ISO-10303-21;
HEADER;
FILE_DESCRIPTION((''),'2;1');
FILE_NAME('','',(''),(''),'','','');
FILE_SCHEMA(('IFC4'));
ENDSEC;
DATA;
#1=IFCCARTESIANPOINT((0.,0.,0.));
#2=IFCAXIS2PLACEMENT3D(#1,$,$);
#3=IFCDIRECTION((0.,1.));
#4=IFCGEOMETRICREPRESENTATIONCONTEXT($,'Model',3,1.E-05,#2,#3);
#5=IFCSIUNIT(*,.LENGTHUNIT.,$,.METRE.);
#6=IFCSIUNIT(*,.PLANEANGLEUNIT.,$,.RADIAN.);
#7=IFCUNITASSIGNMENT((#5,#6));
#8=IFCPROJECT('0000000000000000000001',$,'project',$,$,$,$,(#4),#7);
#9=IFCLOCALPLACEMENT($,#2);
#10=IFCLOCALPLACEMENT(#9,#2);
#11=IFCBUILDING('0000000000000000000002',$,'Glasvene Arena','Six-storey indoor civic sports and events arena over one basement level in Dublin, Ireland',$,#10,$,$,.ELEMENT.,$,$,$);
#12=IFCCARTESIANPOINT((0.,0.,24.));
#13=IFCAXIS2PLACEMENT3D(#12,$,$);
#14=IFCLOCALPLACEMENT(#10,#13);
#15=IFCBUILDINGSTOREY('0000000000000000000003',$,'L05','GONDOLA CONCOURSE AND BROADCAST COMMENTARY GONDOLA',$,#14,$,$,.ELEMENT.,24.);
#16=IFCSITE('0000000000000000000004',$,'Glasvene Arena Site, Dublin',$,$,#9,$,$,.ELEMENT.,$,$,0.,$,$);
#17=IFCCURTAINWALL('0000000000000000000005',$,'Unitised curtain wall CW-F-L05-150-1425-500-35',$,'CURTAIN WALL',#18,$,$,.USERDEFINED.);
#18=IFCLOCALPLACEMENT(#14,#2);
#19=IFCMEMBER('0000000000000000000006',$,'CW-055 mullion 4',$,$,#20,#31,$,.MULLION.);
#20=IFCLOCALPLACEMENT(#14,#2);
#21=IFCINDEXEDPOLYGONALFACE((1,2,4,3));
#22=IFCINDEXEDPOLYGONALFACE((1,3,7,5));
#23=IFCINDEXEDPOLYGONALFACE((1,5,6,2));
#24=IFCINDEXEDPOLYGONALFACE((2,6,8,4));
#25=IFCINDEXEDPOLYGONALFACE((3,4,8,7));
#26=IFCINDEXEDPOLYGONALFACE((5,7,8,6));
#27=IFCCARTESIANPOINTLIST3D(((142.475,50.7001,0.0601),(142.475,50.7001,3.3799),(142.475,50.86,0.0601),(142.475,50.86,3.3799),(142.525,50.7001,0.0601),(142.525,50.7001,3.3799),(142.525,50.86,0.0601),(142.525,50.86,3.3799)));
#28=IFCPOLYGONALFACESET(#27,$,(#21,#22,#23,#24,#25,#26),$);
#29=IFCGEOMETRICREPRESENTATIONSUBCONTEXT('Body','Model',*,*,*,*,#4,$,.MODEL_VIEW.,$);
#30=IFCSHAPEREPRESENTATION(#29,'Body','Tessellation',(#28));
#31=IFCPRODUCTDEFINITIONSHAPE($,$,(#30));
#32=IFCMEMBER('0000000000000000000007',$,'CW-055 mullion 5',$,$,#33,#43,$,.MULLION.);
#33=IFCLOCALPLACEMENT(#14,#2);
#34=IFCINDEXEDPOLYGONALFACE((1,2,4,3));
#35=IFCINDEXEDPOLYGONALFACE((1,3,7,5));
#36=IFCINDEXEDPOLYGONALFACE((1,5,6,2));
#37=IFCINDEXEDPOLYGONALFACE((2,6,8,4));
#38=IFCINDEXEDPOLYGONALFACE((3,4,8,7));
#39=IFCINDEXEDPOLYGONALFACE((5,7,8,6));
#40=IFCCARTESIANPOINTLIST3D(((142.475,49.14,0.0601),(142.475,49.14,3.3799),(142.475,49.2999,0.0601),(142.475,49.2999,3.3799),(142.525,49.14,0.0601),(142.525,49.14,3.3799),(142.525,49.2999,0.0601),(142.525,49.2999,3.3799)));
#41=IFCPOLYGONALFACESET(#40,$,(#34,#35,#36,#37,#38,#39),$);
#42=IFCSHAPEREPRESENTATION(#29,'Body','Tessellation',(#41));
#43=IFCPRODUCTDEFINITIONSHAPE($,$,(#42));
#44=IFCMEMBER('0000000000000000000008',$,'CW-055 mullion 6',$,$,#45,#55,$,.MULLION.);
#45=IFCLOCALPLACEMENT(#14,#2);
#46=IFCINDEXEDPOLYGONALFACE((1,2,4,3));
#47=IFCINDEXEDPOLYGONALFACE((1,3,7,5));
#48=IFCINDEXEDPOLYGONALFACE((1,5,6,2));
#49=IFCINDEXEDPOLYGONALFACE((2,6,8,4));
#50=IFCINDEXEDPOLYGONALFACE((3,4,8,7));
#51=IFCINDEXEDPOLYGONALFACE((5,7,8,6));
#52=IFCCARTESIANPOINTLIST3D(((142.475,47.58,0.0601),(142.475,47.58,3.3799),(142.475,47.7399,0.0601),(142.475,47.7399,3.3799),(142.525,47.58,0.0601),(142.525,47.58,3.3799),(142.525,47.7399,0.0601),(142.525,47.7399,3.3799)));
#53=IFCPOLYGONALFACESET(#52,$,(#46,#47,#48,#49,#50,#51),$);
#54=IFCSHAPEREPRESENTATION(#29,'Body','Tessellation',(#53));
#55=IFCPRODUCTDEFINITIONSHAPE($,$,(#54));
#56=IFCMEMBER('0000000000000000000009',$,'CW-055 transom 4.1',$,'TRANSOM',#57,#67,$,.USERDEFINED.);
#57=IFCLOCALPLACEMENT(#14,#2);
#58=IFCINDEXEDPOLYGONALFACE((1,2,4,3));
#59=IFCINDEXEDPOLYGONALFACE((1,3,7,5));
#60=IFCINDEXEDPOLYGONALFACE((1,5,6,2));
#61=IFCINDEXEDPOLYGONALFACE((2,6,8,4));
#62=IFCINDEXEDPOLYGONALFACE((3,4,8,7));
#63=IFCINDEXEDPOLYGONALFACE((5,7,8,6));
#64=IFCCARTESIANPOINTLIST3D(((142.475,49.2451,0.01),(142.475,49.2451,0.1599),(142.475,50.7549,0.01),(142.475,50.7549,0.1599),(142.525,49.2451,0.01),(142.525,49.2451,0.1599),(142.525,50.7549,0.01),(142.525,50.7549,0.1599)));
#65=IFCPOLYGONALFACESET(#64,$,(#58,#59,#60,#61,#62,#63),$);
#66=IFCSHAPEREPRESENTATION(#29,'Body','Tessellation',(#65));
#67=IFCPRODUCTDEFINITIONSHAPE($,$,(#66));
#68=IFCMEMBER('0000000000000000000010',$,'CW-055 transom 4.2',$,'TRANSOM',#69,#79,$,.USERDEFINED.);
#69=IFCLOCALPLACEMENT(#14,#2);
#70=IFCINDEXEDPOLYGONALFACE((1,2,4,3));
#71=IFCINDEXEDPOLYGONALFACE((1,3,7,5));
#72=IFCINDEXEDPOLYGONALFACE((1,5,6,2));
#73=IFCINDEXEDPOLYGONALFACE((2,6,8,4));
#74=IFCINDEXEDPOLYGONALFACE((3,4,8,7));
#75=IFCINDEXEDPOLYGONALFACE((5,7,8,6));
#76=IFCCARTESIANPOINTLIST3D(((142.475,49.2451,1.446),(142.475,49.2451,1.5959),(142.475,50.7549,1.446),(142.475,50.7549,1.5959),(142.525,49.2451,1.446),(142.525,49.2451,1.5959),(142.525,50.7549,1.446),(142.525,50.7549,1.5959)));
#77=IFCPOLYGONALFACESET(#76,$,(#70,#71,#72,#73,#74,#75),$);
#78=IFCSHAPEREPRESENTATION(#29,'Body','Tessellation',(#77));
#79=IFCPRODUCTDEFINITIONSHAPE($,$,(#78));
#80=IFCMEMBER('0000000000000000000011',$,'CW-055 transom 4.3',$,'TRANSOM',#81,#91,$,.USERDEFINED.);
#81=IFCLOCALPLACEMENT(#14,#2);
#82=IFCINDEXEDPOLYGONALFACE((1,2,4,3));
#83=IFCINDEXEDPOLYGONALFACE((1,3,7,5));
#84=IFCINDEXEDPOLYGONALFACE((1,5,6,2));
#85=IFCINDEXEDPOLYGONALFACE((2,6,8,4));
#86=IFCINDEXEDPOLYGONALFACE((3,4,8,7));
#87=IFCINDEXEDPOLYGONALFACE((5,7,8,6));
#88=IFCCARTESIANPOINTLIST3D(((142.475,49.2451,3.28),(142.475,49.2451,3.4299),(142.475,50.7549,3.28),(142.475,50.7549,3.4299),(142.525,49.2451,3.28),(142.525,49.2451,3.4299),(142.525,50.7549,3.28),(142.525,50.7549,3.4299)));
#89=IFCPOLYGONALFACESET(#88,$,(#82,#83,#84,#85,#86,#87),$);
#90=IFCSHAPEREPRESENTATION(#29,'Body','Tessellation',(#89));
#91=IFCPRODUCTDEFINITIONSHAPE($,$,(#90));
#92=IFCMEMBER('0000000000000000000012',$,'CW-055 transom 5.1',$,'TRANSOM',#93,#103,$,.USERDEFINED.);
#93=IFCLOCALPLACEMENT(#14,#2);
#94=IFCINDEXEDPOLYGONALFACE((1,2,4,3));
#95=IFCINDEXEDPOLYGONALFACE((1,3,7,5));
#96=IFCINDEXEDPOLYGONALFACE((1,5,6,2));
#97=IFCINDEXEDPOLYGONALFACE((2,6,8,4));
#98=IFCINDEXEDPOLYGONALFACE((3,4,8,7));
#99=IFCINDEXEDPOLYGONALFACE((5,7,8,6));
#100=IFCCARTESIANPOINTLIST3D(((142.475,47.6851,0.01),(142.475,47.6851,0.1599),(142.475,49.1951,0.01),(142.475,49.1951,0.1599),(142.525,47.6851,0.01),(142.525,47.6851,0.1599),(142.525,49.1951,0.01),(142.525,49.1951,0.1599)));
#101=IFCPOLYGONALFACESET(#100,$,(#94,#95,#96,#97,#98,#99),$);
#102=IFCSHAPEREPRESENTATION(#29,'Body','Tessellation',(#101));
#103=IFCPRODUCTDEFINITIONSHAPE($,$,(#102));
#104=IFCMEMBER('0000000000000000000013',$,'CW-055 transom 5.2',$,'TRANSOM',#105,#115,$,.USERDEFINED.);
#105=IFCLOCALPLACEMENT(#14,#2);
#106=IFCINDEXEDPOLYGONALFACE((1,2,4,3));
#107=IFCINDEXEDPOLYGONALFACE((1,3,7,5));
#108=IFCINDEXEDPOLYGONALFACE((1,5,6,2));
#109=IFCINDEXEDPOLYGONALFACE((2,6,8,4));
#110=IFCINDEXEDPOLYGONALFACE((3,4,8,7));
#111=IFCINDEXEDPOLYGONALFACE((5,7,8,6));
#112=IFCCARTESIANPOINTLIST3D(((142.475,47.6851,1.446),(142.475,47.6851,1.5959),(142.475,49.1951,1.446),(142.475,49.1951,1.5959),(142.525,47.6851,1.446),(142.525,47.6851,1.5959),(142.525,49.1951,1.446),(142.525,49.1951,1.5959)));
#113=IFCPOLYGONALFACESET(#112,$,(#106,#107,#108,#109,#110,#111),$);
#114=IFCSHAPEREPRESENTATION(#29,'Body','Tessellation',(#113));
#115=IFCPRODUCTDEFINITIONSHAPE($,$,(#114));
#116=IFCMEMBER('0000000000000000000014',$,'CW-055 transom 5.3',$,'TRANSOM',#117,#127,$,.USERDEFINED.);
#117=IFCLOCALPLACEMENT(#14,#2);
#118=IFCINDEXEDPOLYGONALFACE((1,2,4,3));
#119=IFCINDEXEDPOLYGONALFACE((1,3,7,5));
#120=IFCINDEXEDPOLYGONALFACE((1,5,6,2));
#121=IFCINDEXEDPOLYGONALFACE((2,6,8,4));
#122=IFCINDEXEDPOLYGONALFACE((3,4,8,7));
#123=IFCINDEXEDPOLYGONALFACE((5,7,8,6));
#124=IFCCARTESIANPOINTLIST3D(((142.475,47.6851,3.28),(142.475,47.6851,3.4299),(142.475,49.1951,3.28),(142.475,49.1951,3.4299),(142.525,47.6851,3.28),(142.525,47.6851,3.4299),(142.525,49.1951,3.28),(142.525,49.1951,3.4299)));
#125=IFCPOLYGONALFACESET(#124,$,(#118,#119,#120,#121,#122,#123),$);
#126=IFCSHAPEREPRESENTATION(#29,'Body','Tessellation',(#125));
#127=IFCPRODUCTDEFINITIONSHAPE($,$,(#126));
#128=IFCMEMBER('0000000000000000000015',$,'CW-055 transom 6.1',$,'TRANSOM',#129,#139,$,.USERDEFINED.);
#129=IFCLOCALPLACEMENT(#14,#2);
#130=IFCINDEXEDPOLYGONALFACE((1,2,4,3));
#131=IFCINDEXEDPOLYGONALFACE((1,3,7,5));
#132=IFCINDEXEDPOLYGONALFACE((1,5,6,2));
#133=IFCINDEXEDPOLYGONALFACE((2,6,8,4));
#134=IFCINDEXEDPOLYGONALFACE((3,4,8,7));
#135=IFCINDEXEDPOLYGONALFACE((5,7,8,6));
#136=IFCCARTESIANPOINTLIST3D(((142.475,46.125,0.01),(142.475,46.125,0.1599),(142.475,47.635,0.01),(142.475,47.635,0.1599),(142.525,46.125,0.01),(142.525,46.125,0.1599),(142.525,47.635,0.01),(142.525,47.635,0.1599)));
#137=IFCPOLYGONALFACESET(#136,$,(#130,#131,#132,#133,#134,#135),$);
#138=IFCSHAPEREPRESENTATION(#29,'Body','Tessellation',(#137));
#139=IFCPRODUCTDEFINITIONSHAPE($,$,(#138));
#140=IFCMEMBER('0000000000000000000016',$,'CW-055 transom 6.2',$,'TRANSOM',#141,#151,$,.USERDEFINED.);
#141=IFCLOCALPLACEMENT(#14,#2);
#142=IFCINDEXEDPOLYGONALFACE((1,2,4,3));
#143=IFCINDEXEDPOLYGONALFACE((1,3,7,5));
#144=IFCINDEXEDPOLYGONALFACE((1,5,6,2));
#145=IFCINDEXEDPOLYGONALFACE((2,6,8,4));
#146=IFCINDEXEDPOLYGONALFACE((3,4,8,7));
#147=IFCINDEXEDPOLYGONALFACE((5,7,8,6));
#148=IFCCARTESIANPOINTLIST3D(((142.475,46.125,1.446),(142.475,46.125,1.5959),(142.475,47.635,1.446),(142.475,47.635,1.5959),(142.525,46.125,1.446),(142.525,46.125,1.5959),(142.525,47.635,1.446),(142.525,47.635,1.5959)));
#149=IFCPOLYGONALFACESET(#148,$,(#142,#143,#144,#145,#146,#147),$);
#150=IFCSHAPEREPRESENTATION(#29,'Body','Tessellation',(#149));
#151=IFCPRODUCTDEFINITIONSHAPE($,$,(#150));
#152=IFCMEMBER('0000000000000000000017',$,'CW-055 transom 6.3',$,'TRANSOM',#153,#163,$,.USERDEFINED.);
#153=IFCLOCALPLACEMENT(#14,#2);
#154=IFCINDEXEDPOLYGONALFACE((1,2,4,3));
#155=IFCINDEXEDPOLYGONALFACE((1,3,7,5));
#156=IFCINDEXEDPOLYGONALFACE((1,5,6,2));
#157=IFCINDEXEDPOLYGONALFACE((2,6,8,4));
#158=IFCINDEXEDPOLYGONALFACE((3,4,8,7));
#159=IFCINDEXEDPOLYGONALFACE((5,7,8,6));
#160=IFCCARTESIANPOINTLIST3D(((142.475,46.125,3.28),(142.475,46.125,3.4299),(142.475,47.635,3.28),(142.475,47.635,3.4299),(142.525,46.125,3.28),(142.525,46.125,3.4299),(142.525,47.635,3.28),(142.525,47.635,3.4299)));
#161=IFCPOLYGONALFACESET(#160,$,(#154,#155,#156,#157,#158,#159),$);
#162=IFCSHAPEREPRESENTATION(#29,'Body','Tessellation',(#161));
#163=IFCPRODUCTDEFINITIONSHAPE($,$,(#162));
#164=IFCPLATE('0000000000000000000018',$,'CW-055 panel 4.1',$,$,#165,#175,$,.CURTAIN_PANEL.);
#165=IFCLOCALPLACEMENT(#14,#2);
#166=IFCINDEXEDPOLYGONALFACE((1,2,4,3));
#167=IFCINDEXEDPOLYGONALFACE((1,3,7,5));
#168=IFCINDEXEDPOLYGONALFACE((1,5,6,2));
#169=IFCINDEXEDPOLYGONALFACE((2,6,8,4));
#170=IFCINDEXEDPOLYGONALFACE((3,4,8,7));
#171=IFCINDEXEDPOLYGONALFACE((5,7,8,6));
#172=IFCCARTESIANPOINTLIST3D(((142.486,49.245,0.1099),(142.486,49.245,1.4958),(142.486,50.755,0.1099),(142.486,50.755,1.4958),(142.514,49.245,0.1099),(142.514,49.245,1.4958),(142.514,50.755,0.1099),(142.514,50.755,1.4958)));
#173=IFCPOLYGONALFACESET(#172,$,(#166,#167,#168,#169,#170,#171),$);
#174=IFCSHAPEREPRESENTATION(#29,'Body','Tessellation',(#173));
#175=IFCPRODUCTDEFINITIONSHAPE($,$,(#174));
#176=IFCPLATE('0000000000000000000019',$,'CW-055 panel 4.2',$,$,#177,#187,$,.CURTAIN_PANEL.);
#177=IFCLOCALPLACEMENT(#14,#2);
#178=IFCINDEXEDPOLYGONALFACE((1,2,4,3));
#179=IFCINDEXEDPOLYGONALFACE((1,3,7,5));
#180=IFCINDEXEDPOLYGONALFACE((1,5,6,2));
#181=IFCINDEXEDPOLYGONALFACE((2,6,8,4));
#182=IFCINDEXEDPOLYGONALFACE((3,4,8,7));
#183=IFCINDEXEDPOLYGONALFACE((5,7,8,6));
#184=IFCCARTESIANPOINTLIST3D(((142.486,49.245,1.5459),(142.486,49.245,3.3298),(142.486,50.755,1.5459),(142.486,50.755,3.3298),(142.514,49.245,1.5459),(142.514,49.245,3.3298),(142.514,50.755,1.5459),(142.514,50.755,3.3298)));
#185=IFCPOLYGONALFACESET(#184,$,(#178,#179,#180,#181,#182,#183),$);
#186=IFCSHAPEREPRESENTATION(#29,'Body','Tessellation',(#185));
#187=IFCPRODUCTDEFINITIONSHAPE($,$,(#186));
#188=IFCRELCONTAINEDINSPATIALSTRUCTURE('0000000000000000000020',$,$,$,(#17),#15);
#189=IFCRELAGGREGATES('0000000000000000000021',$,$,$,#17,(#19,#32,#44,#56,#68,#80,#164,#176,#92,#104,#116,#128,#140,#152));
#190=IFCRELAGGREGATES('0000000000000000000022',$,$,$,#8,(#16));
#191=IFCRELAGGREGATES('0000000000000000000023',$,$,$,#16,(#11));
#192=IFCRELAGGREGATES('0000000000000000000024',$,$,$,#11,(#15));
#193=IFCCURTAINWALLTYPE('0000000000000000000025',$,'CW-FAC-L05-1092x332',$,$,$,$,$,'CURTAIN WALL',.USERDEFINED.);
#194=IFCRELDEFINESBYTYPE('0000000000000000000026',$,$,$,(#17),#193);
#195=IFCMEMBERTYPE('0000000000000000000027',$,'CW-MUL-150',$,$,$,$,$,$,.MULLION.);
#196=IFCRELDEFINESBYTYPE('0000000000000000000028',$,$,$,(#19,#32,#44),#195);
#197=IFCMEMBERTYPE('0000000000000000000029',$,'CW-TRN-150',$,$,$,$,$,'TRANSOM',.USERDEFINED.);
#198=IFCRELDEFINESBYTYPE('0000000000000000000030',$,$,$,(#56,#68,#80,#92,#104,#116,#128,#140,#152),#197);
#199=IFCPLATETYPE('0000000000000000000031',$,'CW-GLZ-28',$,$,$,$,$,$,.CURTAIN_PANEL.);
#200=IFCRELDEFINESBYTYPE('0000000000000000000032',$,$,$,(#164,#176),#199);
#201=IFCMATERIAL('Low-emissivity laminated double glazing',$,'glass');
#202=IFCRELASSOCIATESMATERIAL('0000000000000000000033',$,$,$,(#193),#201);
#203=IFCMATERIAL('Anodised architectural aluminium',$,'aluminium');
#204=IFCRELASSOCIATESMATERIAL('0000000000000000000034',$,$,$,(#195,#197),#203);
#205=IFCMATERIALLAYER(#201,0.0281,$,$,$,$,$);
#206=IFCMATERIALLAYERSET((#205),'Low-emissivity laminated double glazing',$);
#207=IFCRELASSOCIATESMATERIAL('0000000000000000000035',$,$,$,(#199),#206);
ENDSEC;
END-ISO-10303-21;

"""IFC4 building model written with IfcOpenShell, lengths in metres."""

from ifc_helpers import new_model, si_unit, direction, frame, origin, origin_2d, place, context, subcontext, project, spatial, rectangle, extrude, material, layer, layer_set, material_profile, profile_set, type_object, element, aggregate, save


model = new_model("IFC4")

# Units and contexts
model_context = context("Model", 3, precision=1e-05, world=origin(), true_north=direction((0.0, 1.0)))
body_context = subcontext(model_context, "Body", "Model", "MODEL_VIEW")
ifc_project = project(units=[si_unit("LENGTHUNIT", "METRE"), si_unit("PLANEANGLEUNIT", "RADIAN")], contexts=[model_context])

# Site, building, storey
site_placement = place(None, origin())
site = spatial("IfcSite", under=ifc_project, at=site_placement, Name="Glasvene Arena Site, Dublin", CompositionType="ELEMENT", RefElevation=0.0)
building_placement = place(site_placement, origin())
building = spatial("IfcBuilding", under=site, at=building_placement, Name="Glasvene Arena", Description="Six-storey indoor civic sports and events arena over one basement level in Dublin, Ireland", CompositionType="ELEMENT")
storey_placement = place(building_placement, frame((0.0, 0.0, 24.0)))
storey = spatial("IfcBuildingStorey", under=building, at=storey_placement, Name="L05", Description="GONDOLA CONCOURSE AND BROADCAST COMMENTARY GONDOLA", CompositionType="ELEMENT", Elevation=24.0)

# Curtain wall, members, plates
ifc_material_1 = material(Name="Low-emissivity laminated double glazing", Category="glass")
curtain_wall_type = type_object("IfcCurtainWallType", Name="CW-FAC-L05-1092x332", ElementType="CURTAIN WALL", PredefinedType="USERDEFINED", material=ifc_material_1)
curtain_wall_placement = place(storey_placement, frame((142.5, 55.46, 0.0)))
curtain_wall = element("IfcCurtainWall", 1, at=curtain_wall_placement, inside=storey, type_object=curtain_wall_type, Name="Unitised curtain wall CW-F-L05-150-1425-500-35", ObjectType="CURTAIN WALL", PredefinedType="USERDEFINED")
ifc_material_2 = material(Name="Anodised architectural aluminium", Category="aluminium")
ifc_material_profile_1 = material_profile(ifc_material_2, rectangle(XDim=0.05, YDim=0.1599, at=origin_2d()), Name="ALU MULLION 50x160")
ifc_profile_set_1 = profile_set([ifc_material_profile_1], Name="Anodised architectural aluminium")
member_type_1 = type_object("IfcMemberType", Name="CW-MUL-150", PredefinedType="MULLION", material=ifc_profile_set_1)
member_1_placement = place(storey_placement, frame((142.5, 50.78, 0.0601), z_axis=(0.0, 0.0, 1.0), x_axis=(1.0, 0.0, 0.0)))
member_1 = element("IfcMember", 2, at=member_1_placement, type_object=member_type_1, Name="CW-055 mullion 4", PredefinedType="MULLION", context=body_context, shape_type="SweptSolid", body=[
    extrude(rectangle(XDim=0.05, YDim=0.1599, at=origin_2d()), origin(), (0.0, 0.0, 1.0), 3.3198),
])
member_2_placement = place(storey_placement, frame((142.5, 49.22, 0.0601), z_axis=(0.0, 0.0, 1.0), x_axis=(1.0, 0.0, 0.0)))
member_2 = element("IfcMember", 3, at=member_2_placement, type_object=member_type_1, Name="CW-055 mullion 5", PredefinedType="MULLION", context=body_context, shape_type="SweptSolid", body=[
    extrude(rectangle(XDim=0.05, YDim=0.1599, at=origin_2d()), origin(), (0.0, 0.0, 1.0), 3.3198),
])
member_3_placement = place(storey_placement, frame((142.5, 47.6599, 0.0601), z_axis=(0.0, 0.0, 1.0), x_axis=(1.0, 0.0, 0.0)))
member_3 = element("IfcMember", 4, at=member_3_placement, type_object=member_type_1, Name="CW-055 mullion 6", PredefinedType="MULLION", context=body_context, shape_type="SweptSolid", body=[
    extrude(rectangle(XDim=0.05, YDim=0.1599, at=origin_2d()), origin(), (0.0, 0.0, 1.0), 3.3198),
])
ifc_material_profile_2 = material_profile(ifc_material_2, rectangle(XDim=0.05, YDim=0.1499, at=origin_2d()), Name="ALU TRANSOM 50x150")
ifc_profile_set_2 = profile_set([ifc_material_profile_2], Name="Anodised architectural aluminium")
member_type_2 = type_object("IfcMemberType", Name="CW-TRN-150", ElementType="TRANSOM", PredefinedType="USERDEFINED", material=ifc_profile_set_2)
member_4_placement = place(storey_placement, frame((142.5, 50.7549, 0.085), z_axis=(0.0, -1.0, 0.0), x_axis=(1.0, 0.0, 0.0)))
member_4 = element("IfcMember", 5, at=member_4_placement, type_object=member_type_2, Name="CW-055 transom 4.1", ObjectType="TRANSOM", PredefinedType="USERDEFINED", context=body_context, shape_type="SweptSolid", body=[
    extrude(rectangle(XDim=0.05, YDim=0.1499, at=origin_2d()), origin(), (0.0, 0.0, 1.0), 1.5098),
])
member_5_placement = place(storey_placement, frame((142.5, 50.7549, 1.521), z_axis=(0.0, -1.0, 0.0), x_axis=(1.0, 0.0, 0.0)))
member_5 = element("IfcMember", 6, at=member_5_placement, type_object=member_type_2, Name="CW-055 transom 4.2", ObjectType="TRANSOM", PredefinedType="USERDEFINED", context=body_context, shape_type="SweptSolid", body=[
    extrude(rectangle(XDim=0.05, YDim=0.1499, at=origin_2d()), origin(), (0.0, 0.0, 1.0), 1.5098),
])
member_6_placement = place(storey_placement, frame((142.5, 50.7549, 3.355), z_axis=(0.0, -1.0, 0.0), x_axis=(1.0, 0.0, 0.0)))
member_6 = element("IfcMember", 7, at=member_6_placement, type_object=member_type_2, Name="CW-055 transom 4.3", ObjectType="TRANSOM", PredefinedType="USERDEFINED", context=body_context, shape_type="SweptSolid", body=[
    extrude(rectangle(XDim=0.05, YDim=0.1499, at=origin_2d()), origin(), (0.0, 0.0, 1.0), 1.5098),
])
member_7_placement = place(storey_placement, frame((142.5, 49.1951, 0.085), z_axis=(0.0, -1.0, 0.0), x_axis=(1.0, 0.0, 0.0)))
member_7 = element("IfcMember", 8, at=member_7_placement, type_object=member_type_2, Name="CW-055 transom 5.1", ObjectType="TRANSOM", PredefinedType="USERDEFINED", context=body_context, shape_type="SweptSolid", body=[
    extrude(rectangle(XDim=0.05, YDim=0.1499, at=origin_2d()), origin(), (0.0, 0.0, 1.0), 1.51),
])
member_8_placement = place(storey_placement, frame((142.5, 49.1951, 1.521), z_axis=(0.0, -1.0, 0.0), x_axis=(1.0, 0.0, 0.0)))
member_8 = element("IfcMember", 9, at=member_8_placement, type_object=member_type_2, Name="CW-055 transom 5.2", ObjectType="TRANSOM", PredefinedType="USERDEFINED", context=body_context, shape_type="SweptSolid", body=[
    extrude(rectangle(XDim=0.05, YDim=0.1499, at=origin_2d()), origin(), (0.0, 0.0, 1.0), 1.51),
])
member_9_placement = place(storey_placement, frame((142.5, 49.1951, 3.355), z_axis=(0.0, -1.0, 0.0), x_axis=(1.0, 0.0, 0.0)))
member_9 = element("IfcMember", 10, at=member_9_placement, type_object=member_type_2, Name="CW-055 transom 5.3", ObjectType="TRANSOM", PredefinedType="USERDEFINED", context=body_context, shape_type="SweptSolid", body=[
    extrude(rectangle(XDim=0.05, YDim=0.1499, at=origin_2d()), origin(), (0.0, 0.0, 1.0), 1.51),
])
member_10_placement = place(storey_placement, frame((142.5, 47.635, 0.085), z_axis=(0.0, -1.0, 0.0), x_axis=(1.0, 0.0, 0.0)))
member_10 = element("IfcMember", 11, at=member_10_placement, type_object=member_type_2, Name="CW-055 transom 6.1", ObjectType="TRANSOM", PredefinedType="USERDEFINED", context=body_context, shape_type="SweptSolid", body=[
    extrude(rectangle(XDim=0.05, YDim=0.1499, at=origin_2d()), origin(), (0.0, 0.0, 1.0), 1.51),
])
member_11_placement = place(storey_placement, frame((142.5, 47.635, 1.521), z_axis=(0.0, -1.0, 0.0), x_axis=(1.0, 0.0, 0.0)))
member_11 = element("IfcMember", 12, at=member_11_placement, type_object=member_type_2, Name="CW-055 transom 6.2", ObjectType="TRANSOM", PredefinedType="USERDEFINED", context=body_context, shape_type="SweptSolid", body=[
    extrude(rectangle(XDim=0.05, YDim=0.1499, at=origin_2d()), origin(), (0.0, 0.0, 1.0), 1.51),
])
member_12_placement = place(storey_placement, frame((142.5, 47.635, 3.355), z_axis=(0.0, -1.0, 0.0), x_axis=(1.0, 0.0, 0.0)))
member_12 = element("IfcMember", 13, at=member_12_placement, type_object=member_type_2, Name="CW-055 transom 6.3", ObjectType="TRANSOM", PredefinedType="USERDEFINED", context=body_context, shape_type="SweptSolid", body=[
    extrude(rectangle(XDim=0.05, YDim=0.1499, at=origin_2d()), origin(), (0.0, 0.0, 1.0), 1.51),
])
ifc_layer_1 = layer(ifc_material_1, 0.0281)
ifc_layer_set_1 = layer_set([ifc_layer_1], Name="Low-emissivity laminated double glazing")
plate_type = type_object("IfcPlateType", Name="CW-GLZ-28", PredefinedType="CURTAIN_PANEL", material=ifc_layer_set_1)
plate_1_placement = place(storey_placement, frame((142.5, 50.0, 0.1099), z_axis=(0.0, 0.0, 1.0), x_axis=(0.0, -1.0, 0.0)))
plate_1 = element("IfcPlate", 14, at=plate_1_placement, type_object=plate_type, Name="CW-055 panel 4.1", PredefinedType="CURTAIN_PANEL", context=body_context, shape_type="SweptSolid", body=[
    extrude(rectangle(XDim=1.51, YDim=0.0281, at=origin_2d()), origin(), (0.0, 0.0, 1.0), 1.386),
])
plate_2_placement = place(storey_placement, frame((142.5, 50.0, 1.5459), z_axis=(0.0, 0.0, 1.0), x_axis=(0.0, -1.0, 0.0)))
plate_2 = element("IfcPlate", 15, at=plate_2_placement, type_object=plate_type, Name="CW-055 panel 4.2", PredefinedType="CURTAIN_PANEL", context=body_context, shape_type="SweptSolid", body=[
    extrude(rectangle(XDim=1.51, YDim=0.0281, at=origin_2d()), origin(), (0.0, 0.0, 1.0), 1.7839),
])
aggregate(curtain_wall, [member_1, member_2, member_3, member_4, member_5, member_6, plate_1, plate_2, member_7, member_8, member_9, member_10, member_11, member_12])

save(model, "model.ifc")
